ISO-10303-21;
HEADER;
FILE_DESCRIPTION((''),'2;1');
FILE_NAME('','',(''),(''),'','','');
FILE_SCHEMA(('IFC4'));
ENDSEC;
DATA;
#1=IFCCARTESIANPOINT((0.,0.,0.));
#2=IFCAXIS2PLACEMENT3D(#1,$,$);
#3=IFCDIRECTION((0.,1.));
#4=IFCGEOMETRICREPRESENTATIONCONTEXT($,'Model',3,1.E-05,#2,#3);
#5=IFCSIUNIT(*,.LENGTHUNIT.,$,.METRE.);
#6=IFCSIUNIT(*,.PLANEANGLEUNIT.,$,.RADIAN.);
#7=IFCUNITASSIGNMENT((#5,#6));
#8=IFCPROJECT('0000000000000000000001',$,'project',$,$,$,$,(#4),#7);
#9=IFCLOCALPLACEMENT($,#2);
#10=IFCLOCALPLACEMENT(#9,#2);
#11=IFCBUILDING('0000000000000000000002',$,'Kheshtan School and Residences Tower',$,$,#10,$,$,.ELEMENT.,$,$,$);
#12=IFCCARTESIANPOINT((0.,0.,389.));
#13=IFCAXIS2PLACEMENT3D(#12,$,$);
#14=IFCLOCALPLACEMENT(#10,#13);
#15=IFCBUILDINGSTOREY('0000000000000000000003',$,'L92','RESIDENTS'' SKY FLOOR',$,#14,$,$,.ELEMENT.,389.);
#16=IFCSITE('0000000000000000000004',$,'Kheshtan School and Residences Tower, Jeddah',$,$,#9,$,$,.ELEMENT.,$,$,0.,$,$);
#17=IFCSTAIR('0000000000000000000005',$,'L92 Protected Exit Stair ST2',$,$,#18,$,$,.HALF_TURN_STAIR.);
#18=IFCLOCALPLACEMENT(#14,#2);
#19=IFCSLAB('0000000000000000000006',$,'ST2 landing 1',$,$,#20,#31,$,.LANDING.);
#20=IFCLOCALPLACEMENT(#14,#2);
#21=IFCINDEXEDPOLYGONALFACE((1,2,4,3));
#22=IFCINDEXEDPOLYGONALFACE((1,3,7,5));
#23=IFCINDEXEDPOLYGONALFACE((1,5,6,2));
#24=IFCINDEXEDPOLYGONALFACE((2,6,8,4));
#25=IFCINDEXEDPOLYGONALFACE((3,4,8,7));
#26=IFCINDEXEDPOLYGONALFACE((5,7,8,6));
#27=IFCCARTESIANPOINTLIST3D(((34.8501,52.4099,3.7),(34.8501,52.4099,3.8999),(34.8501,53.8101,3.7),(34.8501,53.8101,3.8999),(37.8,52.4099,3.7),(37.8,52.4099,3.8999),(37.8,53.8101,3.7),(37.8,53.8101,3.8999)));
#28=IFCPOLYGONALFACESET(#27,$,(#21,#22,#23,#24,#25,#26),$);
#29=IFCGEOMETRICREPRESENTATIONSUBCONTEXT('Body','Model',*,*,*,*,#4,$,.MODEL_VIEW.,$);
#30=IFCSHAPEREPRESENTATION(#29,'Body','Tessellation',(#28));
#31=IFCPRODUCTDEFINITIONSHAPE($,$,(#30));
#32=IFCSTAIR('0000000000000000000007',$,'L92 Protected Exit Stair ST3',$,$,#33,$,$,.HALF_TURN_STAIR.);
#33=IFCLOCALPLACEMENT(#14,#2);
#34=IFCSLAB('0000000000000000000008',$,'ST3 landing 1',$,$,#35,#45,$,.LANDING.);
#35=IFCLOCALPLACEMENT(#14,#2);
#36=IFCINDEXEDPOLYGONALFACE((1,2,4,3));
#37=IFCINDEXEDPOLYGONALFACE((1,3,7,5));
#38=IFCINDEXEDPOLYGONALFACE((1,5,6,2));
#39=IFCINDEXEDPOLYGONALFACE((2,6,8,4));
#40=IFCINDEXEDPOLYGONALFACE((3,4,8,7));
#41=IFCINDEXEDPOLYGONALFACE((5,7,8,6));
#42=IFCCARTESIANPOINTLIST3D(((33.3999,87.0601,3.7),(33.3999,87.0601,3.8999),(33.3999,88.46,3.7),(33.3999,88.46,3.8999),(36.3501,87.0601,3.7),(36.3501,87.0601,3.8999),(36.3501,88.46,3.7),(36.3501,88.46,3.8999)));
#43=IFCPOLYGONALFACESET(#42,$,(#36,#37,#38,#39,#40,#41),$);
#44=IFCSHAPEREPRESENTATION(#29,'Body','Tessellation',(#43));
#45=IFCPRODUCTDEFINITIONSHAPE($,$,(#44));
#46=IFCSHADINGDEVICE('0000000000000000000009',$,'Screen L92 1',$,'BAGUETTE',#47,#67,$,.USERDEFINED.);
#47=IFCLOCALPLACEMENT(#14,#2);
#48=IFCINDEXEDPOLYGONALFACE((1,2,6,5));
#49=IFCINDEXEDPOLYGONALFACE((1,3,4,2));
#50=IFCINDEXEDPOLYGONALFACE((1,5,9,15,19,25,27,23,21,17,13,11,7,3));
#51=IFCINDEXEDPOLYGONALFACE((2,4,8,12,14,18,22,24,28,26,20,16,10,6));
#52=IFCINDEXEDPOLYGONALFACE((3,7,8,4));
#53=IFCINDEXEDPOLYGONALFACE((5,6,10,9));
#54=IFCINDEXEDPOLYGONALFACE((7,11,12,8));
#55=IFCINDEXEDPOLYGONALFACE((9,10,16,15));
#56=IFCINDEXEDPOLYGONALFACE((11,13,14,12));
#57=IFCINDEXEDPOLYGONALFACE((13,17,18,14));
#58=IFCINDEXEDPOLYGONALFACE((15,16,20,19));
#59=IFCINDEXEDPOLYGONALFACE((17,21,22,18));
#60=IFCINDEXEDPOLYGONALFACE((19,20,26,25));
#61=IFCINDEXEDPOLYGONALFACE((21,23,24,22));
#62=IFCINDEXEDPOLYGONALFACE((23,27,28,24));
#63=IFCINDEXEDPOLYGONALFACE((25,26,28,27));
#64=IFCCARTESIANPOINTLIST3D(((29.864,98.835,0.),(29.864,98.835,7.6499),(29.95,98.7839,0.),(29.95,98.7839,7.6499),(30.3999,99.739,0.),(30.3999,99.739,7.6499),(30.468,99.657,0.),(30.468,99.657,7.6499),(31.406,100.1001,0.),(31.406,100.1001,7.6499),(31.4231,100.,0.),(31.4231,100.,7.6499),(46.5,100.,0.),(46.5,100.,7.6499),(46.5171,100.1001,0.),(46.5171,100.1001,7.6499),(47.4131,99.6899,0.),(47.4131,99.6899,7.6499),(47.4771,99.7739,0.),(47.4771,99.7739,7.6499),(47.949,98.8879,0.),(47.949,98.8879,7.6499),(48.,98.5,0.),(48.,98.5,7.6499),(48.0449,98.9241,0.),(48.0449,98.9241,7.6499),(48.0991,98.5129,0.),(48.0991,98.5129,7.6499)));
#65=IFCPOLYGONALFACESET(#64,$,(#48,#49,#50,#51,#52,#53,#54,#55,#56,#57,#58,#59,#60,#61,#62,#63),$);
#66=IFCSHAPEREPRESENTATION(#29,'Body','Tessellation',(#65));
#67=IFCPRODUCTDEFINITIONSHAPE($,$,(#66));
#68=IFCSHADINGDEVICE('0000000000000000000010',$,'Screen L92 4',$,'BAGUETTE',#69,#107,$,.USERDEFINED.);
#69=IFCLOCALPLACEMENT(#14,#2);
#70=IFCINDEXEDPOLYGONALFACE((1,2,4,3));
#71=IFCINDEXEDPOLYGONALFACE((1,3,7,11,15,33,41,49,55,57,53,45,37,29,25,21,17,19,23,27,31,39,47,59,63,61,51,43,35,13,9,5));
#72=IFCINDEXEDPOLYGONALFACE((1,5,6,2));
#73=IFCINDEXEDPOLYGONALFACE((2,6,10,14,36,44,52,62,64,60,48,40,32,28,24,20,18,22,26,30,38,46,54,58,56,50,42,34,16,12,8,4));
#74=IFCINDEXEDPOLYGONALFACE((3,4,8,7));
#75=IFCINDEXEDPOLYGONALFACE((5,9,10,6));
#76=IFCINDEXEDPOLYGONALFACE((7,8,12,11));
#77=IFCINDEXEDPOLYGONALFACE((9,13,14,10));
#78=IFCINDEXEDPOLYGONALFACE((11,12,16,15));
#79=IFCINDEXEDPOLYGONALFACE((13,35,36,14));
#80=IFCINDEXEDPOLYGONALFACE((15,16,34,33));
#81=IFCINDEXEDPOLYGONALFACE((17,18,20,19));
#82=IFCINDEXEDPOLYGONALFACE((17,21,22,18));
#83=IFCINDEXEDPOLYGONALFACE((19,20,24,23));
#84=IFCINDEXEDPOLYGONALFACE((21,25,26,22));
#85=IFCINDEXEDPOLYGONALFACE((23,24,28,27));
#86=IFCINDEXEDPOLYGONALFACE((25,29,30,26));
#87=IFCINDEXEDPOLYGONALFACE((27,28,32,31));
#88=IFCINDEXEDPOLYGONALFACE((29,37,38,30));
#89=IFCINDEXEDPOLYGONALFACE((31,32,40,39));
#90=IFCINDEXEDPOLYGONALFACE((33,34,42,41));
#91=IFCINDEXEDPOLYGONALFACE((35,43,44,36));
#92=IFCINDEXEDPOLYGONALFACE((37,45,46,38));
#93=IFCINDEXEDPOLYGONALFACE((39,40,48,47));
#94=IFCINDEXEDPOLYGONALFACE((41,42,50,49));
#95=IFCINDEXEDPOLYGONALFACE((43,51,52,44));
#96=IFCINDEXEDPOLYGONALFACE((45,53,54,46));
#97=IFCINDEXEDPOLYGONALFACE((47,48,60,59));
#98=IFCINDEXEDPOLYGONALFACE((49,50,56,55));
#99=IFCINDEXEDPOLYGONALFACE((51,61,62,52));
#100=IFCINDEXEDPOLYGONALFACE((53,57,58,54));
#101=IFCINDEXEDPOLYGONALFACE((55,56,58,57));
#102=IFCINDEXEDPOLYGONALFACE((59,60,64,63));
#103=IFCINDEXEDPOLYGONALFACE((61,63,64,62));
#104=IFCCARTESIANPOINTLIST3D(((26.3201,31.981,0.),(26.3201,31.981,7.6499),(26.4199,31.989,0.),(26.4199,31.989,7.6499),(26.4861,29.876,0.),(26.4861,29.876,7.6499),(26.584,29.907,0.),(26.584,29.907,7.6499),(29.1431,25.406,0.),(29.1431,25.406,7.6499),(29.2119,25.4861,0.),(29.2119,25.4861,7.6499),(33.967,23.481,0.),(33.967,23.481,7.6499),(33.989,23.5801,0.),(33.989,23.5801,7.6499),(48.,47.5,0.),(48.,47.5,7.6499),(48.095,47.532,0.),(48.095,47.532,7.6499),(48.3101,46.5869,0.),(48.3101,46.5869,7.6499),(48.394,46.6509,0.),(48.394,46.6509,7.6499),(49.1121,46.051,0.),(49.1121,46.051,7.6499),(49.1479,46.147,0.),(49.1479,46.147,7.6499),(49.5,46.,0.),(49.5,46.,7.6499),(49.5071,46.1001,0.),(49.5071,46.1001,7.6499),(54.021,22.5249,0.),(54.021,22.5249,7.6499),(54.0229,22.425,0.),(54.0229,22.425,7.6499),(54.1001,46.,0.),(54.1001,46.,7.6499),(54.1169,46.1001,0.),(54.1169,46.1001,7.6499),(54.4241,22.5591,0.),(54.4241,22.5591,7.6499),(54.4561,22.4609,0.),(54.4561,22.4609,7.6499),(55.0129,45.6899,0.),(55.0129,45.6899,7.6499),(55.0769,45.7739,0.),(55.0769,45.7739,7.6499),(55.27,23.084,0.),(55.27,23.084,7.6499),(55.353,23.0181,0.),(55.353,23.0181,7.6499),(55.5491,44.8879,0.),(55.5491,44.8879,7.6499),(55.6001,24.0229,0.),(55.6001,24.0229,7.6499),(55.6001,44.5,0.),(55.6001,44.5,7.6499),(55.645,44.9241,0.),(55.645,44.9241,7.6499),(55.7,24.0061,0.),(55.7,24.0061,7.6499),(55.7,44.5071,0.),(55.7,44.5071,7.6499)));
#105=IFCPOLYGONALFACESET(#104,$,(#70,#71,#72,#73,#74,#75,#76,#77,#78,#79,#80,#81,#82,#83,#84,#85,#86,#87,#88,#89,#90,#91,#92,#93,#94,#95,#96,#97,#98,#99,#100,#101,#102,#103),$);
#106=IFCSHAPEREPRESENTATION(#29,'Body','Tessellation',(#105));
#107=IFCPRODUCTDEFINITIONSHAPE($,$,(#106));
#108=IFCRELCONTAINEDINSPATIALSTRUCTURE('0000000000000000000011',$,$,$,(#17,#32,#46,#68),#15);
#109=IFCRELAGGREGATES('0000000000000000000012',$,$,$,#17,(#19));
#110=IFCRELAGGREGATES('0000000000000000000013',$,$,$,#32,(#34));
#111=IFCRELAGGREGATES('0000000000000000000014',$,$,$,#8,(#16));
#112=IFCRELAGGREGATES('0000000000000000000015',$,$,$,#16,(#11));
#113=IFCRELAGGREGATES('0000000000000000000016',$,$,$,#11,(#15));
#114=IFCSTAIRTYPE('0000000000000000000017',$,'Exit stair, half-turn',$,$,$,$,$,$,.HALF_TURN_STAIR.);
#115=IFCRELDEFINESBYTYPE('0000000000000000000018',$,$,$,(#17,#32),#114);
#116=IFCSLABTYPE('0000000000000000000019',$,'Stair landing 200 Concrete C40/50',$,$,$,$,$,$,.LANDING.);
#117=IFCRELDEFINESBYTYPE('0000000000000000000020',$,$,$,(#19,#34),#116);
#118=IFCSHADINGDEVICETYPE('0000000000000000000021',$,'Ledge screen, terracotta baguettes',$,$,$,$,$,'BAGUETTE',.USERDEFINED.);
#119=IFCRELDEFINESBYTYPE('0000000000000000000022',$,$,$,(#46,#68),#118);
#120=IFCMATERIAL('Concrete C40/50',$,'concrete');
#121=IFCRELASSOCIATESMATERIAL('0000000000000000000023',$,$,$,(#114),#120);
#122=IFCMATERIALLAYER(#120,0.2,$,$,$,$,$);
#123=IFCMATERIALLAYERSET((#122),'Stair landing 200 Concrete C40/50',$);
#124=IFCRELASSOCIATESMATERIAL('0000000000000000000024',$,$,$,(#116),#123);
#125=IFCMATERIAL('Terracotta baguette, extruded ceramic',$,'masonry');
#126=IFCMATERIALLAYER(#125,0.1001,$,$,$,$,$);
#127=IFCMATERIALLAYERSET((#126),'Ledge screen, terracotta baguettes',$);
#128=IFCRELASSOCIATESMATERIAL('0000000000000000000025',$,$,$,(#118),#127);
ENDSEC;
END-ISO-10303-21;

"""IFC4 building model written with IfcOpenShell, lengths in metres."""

from ifc_helpers import new_model, si_unit, direction, frame, origin, place, context, subcontext, project, spatial, polyline, outline, extrude, material, layer, layer_set, type_object, element, aggregate, save


model = new_model("IFC4")

# Units and contexts
model_context = context("Model", 3, precision=1e-05, world=origin(), true_north=direction((0.0, 1.0)))
body_context = subcontext(model_context, "Body", "Model", "MODEL_VIEW")
ifc_project = project(units=[si_unit("LENGTHUNIT", "METRE"), si_unit("PLANEANGLEUNIT", "RADIAN")], contexts=[model_context])

# Site, building, storey
site_placement = place(None, origin())
site = spatial("IfcSite", under=ifc_project, at=site_placement, Name="Kheshtan School and Residences Tower, Jeddah", CompositionType="ELEMENT", RefElevation=0.0)
building_placement = place(site_placement, origin())
building = spatial("IfcBuilding", under=site, at=building_placement, Name="Kheshtan School and Residences Tower", CompositionType="ELEMENT")
storey_placement = place(building_placement, frame((0.0, 0.0, 389.0)))
storey = spatial("IfcBuildingStorey", under=building, at=storey_placement, Name="L92", Description="RESIDENTS' SKY FLOOR", CompositionType="ELEMENT", Elevation=389.0)

# Shared definitions
ifc_material_1 = material(Name="Concrete C40/50", Category="concrete")

# Stairs, slabs
stair_type = type_object("IfcStairType", Name="Exit stair, half-turn", PredefinedType="HALF_TURN_STAIR", material=ifc_material_1)
ifc_layer_1 = layer(ifc_material_1, 0.2)
ifc_layer_set_1 = layer_set([ifc_layer_1], Name="Stair landing 200 Concrete C40/50")
slab_type_1 = type_object("IfcSlabType", Name="Stair landing 200 Concrete C40/50", PredefinedType="LANDING", material=ifc_layer_set_1)
stair_1_placement = place(storey_placement, origin())
stair_1 = element("IfcStair", 1, at=stair_1_placement, inside=storey, type_object=stair_type, Name="L92 Protected Exit Stair ST2", PredefinedType="HALF_TURN_STAIR")
slab_1_placement = place(storey_placement, frame((0.0, 0.0, 3.7)))
slab_1 = element("IfcSlab", 2, at=slab_1_placement, type_object=slab_type_1, Name="ST2 landing 1", PredefinedType="LANDING", context=body_context, shape_type="SweptSolid", body=[
    extrude(outline(polyline([(37.8, 52.4099), (37.8, 53.8101), (34.8501, 53.8101), (34.8501, 52.4099), (37.8, 52.4099)])), origin(), (0.0, 0.0, 1.0), 0.2),
])
aggregate(stair_1, [slab_1])
stair_2_placement = place(storey_placement, origin())
stair_2 = element("IfcStair", 3, at=stair_2_placement, inside=storey, type_object=stair_type, Name="L92 Protected Exit Stair ST3", PredefinedType="HALF_TURN_STAIR")
slab_2_placement = place(storey_placement, frame((0.0, 0.0, 3.7)))
slab_2 = element("IfcSlab", 4, at=slab_2_placement, type_object=slab_type_1, Name="ST3 landing 1", PredefinedType="LANDING", context=body_context, shape_type="SweptSolid", body=[
    extrude(outline(polyline([(36.3501, 87.0601), (36.3501, 88.46), (33.3999, 88.46), (33.3999, 87.0601), (36.3501, 87.0601)])), origin(), (0.0, 0.0, 1.0), 0.2),
])
aggregate(stair_2, [slab_2])

# Shading devices
ifc_material_2 = material(Name="Terracotta baguette, extruded ceramic", Category="masonry")
ifc_layer_2 = layer(ifc_material_2, 0.1001)
ifc_layer_set_2 = layer_set([ifc_layer_2], Name="Ledge screen, terracotta baguettes")
shading_device_type = type_object("IfcShadingDeviceType", Name="Ledge screen, terracotta baguettes", ElementType="BAGUETTE", PredefinedType="USERDEFINED", material=ifc_layer_set_2)
shading_device_1_placement = place(storey_placement, origin())
element("IfcShadingDevice", 5, at=shading_device_1_placement, inside=storey, type_object=shading_device_type, Name="Screen L92 1", ObjectType="BAGUETTE", PredefinedType="USERDEFINED", context=body_context, shape_type="SweptSolid", body=[
    extrude(outline(polyline([(29.95, 98.7839), (30.468, 99.657), (31.4231, 100.0), (46.5, 100.0), (47.4131, 99.6899), (47.949, 98.8879), (48.0, 98.5), (48.0991, 98.5129), (48.0449, 98.9241), (47.4771, 99.7739), (46.5171, 100.1001), (31.406, 100.1001), (30.3999, 99.739), (29.864, 98.835), (29.95, 98.7839)])), origin(), (0.0, 0.0, 1.0), 7.6499),
])
shading_device_2_placement = place(storey_placement, origin())
element("IfcShadingDevice", 6, at=shading_device_2_placement, inside=storey, type_object=shading_device_type, Name="Screen L92 4", ObjectType="BAGUETTE", PredefinedType="USERDEFINED", context=body_context, shape_type="SweptSolid", body=[
    extrude(outline(polyline([(48.0, 47.5), (48.3101, 46.5869), (49.1121, 46.051), (49.5, 46.0), (54.1001, 46.0), (55.0129, 45.6899), (55.5491, 44.8879), (55.6001, 44.5), (55.6001, 24.0229), (55.27, 23.084), (54.4241, 22.5591), (54.021, 22.5249), (33.989, 23.5801), (29.2119, 25.4861), (26.584, 29.907), (26.4199, 31.989), (26.3201, 31.981), (26.4861, 29.876), (29.1431, 25.406), (33.967, 23.481), (54.0229, 22.425), (54.4561, 22.4609), (55.353, 23.0181), (55.7, 24.0061), (55.7, 44.5071), (55.645, 44.9241), (55.0769, 45.7739), (54.1169, 46.1001), (49.5071, 46.1001), (49.1479, 46.147), (48.394, 46.6509), (48.095, 47.532), (48.0, 47.5)])), origin(), (0.0, 0.0, 1.0), 7.6499),
])

save(model, "model.ifc")
